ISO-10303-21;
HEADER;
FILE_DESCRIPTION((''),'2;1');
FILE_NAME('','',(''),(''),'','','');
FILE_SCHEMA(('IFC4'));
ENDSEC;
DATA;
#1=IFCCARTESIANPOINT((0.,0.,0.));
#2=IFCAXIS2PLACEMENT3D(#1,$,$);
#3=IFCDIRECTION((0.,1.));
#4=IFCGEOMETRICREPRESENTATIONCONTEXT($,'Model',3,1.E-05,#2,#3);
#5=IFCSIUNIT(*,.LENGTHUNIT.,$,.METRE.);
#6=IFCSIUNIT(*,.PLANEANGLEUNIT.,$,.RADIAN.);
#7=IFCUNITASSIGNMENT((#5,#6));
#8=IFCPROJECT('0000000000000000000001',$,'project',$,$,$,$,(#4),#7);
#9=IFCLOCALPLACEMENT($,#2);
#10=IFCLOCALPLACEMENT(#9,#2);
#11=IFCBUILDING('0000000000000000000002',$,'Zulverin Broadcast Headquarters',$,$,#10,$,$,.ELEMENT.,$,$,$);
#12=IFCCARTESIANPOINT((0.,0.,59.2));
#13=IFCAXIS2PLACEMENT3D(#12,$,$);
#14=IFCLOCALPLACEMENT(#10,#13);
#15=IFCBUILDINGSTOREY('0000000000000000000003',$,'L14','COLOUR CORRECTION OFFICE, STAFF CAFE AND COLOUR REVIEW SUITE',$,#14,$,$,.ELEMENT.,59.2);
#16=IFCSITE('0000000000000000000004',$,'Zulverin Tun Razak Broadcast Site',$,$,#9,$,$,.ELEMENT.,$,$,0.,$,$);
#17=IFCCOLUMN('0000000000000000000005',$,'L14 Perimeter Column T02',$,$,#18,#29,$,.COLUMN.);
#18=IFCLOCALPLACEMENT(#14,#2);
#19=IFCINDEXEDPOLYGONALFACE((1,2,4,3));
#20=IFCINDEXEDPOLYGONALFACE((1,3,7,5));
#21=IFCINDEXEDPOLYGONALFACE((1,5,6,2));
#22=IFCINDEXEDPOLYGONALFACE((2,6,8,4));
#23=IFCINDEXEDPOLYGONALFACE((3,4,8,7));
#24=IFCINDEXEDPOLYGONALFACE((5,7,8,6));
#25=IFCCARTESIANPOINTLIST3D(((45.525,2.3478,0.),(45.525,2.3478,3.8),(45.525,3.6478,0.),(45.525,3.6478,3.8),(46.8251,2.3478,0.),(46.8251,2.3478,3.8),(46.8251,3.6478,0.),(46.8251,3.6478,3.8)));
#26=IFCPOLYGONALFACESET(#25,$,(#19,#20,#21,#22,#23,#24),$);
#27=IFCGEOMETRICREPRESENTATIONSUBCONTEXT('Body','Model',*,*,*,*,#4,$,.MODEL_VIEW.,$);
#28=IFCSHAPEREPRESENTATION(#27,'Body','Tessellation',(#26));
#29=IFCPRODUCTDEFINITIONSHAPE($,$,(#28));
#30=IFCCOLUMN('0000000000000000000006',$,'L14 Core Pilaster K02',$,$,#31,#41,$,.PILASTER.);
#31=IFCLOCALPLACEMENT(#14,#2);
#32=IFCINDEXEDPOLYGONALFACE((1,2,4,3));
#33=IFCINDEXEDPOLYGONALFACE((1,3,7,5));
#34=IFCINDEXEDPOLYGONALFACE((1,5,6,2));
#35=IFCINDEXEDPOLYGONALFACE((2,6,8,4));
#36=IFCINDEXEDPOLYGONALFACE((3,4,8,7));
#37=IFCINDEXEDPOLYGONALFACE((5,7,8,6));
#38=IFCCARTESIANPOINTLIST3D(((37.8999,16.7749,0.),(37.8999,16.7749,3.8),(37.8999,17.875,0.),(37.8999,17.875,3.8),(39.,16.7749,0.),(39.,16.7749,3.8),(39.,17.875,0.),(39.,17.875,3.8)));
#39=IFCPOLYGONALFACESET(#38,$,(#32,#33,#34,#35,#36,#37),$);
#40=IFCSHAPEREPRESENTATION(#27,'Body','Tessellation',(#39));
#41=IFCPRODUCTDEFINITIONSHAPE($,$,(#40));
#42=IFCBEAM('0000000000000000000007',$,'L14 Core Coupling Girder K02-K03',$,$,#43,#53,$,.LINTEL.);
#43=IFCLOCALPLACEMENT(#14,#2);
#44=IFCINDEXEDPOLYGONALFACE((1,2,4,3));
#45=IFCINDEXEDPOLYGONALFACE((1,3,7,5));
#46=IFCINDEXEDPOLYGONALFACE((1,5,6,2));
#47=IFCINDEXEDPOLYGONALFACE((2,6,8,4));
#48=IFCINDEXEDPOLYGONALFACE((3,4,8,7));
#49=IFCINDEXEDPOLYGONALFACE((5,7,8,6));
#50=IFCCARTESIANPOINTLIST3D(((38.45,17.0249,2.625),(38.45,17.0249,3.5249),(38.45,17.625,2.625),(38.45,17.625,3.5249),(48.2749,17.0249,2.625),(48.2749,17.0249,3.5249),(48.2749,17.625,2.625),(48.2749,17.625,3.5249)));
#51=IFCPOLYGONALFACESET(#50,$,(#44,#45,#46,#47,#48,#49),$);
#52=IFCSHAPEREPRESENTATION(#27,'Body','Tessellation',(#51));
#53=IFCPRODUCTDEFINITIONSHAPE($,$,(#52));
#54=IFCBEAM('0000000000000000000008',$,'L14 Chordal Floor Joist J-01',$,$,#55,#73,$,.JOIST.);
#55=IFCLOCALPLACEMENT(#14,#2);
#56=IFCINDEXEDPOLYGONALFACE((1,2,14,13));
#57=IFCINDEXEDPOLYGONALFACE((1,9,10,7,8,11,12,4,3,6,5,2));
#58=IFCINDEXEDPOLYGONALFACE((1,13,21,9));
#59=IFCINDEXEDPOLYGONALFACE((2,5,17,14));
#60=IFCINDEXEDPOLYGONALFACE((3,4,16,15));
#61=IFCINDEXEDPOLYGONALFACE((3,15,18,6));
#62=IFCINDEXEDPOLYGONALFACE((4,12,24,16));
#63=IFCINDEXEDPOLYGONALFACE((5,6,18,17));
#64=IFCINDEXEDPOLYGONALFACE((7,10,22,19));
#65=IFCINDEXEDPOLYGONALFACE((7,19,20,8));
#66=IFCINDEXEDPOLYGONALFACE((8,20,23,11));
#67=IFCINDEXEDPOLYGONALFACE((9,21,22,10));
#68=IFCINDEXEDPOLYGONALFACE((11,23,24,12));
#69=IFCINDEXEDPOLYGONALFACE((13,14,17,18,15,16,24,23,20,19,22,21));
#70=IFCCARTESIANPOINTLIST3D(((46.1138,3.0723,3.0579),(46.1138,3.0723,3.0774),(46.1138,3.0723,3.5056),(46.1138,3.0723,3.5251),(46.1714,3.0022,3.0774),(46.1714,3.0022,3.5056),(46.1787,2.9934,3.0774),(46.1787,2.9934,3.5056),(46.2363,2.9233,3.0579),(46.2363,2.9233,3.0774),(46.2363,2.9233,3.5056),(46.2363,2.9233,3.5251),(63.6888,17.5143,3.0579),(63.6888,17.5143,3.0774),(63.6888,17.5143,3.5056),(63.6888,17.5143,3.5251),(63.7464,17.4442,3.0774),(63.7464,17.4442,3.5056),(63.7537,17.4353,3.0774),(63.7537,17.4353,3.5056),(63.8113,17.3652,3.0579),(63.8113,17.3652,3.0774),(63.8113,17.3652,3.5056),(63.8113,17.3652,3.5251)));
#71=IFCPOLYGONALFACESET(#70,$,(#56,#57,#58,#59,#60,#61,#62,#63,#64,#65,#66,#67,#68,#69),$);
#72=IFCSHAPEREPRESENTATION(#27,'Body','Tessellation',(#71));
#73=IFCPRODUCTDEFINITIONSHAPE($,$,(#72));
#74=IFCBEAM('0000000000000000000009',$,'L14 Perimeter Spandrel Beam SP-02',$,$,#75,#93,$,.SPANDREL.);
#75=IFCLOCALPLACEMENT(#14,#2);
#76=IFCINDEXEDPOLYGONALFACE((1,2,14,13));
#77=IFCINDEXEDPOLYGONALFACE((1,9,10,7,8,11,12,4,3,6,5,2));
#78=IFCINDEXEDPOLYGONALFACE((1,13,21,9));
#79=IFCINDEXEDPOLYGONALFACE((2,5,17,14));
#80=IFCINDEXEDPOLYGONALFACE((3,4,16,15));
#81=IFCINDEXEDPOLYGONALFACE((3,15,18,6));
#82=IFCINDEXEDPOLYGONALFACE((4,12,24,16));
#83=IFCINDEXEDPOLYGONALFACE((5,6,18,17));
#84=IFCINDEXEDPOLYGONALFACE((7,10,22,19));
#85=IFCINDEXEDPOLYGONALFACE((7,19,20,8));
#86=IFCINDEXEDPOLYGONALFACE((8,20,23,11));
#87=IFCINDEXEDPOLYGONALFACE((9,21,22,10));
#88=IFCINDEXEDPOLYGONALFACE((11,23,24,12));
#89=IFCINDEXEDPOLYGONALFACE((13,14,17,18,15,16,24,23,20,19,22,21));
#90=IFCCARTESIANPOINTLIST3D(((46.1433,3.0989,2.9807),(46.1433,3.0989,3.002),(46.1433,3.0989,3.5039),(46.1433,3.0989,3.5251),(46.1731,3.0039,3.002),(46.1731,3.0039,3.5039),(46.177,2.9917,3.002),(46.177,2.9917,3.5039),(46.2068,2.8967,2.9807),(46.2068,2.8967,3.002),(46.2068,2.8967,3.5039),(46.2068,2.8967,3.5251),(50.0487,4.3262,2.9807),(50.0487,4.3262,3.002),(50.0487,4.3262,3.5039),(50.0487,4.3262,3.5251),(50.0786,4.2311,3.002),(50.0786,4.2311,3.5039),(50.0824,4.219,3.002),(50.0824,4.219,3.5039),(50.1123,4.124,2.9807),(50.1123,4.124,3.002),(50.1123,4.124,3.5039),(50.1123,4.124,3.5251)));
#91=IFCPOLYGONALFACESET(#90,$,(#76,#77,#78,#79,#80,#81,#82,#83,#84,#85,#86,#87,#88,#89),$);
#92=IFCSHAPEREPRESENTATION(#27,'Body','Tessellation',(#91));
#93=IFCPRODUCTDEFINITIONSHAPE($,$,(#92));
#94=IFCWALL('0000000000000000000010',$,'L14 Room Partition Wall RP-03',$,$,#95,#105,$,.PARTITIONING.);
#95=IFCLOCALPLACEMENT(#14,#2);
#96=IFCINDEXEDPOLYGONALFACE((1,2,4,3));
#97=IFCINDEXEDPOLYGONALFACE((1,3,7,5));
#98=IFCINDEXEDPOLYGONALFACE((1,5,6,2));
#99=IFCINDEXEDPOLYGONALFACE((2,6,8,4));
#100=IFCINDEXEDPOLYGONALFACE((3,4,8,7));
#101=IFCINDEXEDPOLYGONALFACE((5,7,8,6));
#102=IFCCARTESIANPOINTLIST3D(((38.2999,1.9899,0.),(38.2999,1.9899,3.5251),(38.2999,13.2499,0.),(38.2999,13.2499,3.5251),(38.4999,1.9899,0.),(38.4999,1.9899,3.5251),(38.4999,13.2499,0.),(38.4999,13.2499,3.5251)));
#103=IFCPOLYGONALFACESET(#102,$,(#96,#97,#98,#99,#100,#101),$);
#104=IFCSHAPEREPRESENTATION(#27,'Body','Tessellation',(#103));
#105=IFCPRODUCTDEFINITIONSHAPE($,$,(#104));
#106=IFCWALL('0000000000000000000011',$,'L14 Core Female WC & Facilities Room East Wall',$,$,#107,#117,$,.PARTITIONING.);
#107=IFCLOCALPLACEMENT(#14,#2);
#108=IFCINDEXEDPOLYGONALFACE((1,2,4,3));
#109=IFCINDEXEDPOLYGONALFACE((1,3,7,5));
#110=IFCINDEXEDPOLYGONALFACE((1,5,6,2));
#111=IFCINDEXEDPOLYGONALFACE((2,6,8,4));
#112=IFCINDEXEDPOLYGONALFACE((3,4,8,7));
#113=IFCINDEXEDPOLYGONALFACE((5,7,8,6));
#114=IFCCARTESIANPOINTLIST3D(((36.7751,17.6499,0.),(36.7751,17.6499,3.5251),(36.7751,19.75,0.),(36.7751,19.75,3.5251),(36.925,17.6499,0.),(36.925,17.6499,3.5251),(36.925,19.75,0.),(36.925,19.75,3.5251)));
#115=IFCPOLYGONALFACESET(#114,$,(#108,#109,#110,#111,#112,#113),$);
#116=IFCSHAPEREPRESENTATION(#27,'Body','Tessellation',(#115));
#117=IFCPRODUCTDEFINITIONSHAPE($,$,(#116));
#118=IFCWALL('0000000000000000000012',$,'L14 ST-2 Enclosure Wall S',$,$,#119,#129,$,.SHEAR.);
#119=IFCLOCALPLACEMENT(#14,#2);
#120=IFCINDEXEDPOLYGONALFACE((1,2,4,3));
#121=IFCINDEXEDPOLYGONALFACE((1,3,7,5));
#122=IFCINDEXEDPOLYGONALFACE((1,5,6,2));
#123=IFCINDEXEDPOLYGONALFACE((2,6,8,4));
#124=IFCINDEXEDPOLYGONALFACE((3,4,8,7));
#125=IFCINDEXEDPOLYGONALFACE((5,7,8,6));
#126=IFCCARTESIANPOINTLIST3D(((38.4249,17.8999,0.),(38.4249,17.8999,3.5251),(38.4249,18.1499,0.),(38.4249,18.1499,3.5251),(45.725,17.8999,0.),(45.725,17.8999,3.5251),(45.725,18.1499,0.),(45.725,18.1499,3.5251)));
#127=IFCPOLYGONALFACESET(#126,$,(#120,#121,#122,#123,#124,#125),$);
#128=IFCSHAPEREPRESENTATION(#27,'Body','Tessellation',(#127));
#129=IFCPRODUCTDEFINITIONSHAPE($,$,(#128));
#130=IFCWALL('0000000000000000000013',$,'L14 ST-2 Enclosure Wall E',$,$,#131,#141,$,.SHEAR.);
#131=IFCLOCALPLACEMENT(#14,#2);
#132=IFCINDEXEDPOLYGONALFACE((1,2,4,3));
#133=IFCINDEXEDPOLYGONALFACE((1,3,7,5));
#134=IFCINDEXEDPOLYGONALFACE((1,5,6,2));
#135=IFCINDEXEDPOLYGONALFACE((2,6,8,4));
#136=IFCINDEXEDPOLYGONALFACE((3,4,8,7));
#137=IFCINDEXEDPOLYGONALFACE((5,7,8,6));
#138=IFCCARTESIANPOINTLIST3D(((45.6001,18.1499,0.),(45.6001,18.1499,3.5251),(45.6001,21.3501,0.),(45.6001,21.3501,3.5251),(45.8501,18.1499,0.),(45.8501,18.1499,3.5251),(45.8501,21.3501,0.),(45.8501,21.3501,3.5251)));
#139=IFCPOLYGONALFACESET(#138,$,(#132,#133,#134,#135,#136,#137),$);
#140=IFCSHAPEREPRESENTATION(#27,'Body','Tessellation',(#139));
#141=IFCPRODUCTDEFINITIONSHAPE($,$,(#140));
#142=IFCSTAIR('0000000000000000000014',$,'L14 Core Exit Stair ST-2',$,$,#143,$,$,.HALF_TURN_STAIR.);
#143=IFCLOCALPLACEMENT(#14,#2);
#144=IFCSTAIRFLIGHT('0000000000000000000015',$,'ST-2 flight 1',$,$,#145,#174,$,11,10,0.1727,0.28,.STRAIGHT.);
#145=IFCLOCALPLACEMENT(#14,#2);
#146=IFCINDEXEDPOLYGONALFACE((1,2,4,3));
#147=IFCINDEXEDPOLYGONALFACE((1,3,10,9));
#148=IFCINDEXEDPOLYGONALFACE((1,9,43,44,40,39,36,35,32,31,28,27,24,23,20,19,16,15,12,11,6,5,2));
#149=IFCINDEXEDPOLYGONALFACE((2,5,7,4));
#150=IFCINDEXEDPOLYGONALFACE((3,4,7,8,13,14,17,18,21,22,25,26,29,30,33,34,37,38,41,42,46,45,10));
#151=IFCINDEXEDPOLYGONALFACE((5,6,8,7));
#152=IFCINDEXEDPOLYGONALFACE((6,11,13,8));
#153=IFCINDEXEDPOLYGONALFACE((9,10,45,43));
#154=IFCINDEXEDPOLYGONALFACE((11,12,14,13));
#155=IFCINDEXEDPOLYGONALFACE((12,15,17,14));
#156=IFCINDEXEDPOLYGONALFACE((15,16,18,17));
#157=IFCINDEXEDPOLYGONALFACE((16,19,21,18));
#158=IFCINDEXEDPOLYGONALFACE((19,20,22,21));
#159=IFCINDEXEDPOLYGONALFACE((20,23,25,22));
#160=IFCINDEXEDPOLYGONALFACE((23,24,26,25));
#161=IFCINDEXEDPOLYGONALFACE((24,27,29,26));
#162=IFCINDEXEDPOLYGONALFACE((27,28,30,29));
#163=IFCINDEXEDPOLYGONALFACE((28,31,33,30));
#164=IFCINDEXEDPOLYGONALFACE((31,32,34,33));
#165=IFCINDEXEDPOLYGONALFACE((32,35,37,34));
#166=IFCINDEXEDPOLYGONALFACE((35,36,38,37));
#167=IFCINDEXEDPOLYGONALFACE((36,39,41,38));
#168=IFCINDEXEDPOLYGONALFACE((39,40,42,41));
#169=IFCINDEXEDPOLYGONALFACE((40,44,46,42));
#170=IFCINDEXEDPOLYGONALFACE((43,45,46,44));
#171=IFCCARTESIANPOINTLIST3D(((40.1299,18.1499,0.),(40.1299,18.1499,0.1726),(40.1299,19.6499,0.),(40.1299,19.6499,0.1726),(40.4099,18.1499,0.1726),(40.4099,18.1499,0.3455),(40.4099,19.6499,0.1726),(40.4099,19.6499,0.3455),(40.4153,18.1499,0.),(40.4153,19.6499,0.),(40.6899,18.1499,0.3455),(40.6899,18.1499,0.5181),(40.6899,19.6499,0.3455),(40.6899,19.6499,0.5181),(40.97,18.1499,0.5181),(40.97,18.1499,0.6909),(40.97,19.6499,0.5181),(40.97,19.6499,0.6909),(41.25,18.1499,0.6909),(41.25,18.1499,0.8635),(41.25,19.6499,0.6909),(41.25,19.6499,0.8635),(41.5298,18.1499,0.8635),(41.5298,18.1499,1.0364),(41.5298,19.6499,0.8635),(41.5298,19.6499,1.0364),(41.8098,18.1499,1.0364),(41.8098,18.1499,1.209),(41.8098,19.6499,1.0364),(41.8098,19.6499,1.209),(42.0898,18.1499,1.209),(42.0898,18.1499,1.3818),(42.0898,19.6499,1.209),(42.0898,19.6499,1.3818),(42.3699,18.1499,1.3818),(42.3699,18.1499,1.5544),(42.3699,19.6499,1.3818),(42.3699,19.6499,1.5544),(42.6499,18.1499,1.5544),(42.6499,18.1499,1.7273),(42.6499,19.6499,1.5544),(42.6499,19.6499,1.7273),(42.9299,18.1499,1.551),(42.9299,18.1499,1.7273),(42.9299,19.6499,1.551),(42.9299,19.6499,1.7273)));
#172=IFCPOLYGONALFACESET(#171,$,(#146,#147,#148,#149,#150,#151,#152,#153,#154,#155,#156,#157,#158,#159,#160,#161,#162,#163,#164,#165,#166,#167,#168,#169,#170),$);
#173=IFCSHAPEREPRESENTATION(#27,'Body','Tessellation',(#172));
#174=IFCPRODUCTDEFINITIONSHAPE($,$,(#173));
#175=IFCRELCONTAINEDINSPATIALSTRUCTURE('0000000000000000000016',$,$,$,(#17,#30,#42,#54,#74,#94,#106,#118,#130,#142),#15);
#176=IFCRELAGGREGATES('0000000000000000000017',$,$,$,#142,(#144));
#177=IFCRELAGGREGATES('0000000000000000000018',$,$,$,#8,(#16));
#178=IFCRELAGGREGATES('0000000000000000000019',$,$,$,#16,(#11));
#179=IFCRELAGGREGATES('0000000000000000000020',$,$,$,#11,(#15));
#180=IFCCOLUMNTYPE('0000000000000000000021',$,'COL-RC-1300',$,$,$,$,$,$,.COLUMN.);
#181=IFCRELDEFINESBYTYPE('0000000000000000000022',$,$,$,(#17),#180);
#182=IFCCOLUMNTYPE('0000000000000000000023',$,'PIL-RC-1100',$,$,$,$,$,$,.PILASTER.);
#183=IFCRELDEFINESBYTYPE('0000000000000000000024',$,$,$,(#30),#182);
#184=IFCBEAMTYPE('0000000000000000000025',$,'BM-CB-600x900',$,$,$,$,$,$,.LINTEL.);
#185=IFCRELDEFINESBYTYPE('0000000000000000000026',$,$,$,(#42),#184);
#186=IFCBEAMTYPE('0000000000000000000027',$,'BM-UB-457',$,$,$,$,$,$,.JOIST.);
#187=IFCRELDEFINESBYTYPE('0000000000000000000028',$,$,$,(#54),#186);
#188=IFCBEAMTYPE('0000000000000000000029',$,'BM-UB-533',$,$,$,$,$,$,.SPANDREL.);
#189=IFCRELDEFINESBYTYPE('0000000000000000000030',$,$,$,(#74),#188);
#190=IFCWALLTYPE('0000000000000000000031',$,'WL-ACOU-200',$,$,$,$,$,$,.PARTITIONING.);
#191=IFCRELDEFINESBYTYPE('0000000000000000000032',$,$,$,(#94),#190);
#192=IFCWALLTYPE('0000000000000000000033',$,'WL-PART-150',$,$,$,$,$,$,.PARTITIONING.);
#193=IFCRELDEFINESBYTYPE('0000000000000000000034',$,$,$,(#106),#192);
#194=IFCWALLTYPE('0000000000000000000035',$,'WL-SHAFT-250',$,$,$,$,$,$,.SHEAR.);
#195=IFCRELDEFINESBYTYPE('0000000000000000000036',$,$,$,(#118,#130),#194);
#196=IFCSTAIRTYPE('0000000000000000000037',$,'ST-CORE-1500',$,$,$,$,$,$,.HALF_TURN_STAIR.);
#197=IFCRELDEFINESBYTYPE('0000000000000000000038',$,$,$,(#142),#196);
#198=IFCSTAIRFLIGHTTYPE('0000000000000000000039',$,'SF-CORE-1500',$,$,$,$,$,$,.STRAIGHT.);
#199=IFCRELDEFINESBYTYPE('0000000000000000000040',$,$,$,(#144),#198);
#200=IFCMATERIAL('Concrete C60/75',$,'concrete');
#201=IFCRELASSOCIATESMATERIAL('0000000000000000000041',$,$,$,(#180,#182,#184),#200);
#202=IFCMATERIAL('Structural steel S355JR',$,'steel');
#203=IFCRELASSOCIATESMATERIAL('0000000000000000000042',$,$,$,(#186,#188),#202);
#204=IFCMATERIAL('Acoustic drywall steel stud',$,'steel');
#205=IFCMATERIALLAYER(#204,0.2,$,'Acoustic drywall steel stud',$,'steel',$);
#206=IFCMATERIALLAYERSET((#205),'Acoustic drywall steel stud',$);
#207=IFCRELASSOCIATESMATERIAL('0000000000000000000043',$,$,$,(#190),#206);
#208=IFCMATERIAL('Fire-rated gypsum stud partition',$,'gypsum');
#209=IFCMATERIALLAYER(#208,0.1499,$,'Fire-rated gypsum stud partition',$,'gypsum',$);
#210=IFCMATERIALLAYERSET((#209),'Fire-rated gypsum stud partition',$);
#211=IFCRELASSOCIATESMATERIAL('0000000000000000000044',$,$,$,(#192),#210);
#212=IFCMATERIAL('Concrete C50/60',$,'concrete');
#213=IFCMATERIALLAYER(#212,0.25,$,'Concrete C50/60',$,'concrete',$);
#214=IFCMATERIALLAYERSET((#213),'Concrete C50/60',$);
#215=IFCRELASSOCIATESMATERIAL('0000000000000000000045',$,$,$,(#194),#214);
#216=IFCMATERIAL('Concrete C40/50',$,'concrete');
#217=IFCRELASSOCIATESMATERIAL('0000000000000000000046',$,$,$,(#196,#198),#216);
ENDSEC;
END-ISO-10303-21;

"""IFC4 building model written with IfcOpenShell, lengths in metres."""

from ifc_helpers import new_model, si_unit, direction, frame, frame_2d, origin, origin_2d, place, context, subcontext, project, spatial, polyline, rectangle, i_section, outline, extrude, material, layer, layer_set, material_profile, profile_set, type_object, element, aggregate, save


model = new_model("IFC4")

# Units and contexts
model_context = context("Model", 3, precision=1e-05, world=origin(), true_north=direction((0.0, 1.0)))
body_context = subcontext(model_context, "Body", "Model", "MODEL_VIEW")
ifc_project = project(units=[si_unit("LENGTHUNIT", "METRE"), si_unit("PLANEANGLEUNIT", "RADIAN")], contexts=[model_context])

# Site, building, storey
site_placement = place(None, origin())
site = spatial("IfcSite", under=ifc_project, at=site_placement, Name="Zulverin Tun Razak Broadcast Site", CompositionType="ELEMENT", RefElevation=0.0)
building_placement = place(site_placement, origin())
building = spatial("IfcBuilding", under=site, at=building_placement, Name="Zulverin Broadcast Headquarters", CompositionType="ELEMENT")
storey_placement = place(building_placement, frame((0.0, 0.0, 59.2)))
storey = spatial("IfcBuildingStorey", under=building, at=storey_placement, Name="L14", Description="COLOUR CORRECTION OFFICE, STAFF CAFE AND COLOUR REVIEW SUITE", CompositionType="ELEMENT", Elevation=59.2)

# Columns
ifc_material_1 = material(Name="Concrete C60/75", Category="concrete")
ifc_material_profile_1 = material_profile(ifc_material_1, rectangle(XDim=1.3, YDim=1.3, at=origin_2d()), Name="Concrete C60/75", Category="concrete")
ifc_profile_set_1 = profile_set([ifc_material_profile_1], Name="Concrete C60/75")
column_type_1 = type_object("IfcColumnType", Name="COL-RC-1300", PredefinedType="COLUMN", material=ifc_profile_set_1)
column_1_placement = place(storey_placement, frame((46.175, 2.9978, 0.0), z_axis=(0.0, 0.0, 1.0), x_axis=(1.0, 0.0, 0.0)))
element("IfcColumn", 1, at=column_1_placement, inside=storey, type_object=column_type_1, Name="L14 Perimeter Column T02", PredefinedType="COLUMN", context=body_context, shape_type="SweptSolid", body=[
    extrude(rectangle(XDim=1.3, YDim=1.3, at=origin_2d()), origin(), (0.0, 0.0, 1.0), 3.8),
])
ifc_material_profile_2 = material_profile(ifc_material_1, rectangle(XDim=1.1001, YDim=1.1001, at=origin_2d()), Name="Concrete C60/75", Category="concrete")
ifc_profile_set_2 = profile_set([ifc_material_profile_2], Name="Concrete C60/75")
column_type_2 = type_object("IfcColumnType", Name="PIL-RC-1100", PredefinedType="PILASTER", material=ifc_profile_set_2)
column_2_placement = place(storey_placement, frame((38.45, 17.325, 0.0), z_axis=(0.0, 0.0, 1.0), x_axis=(1.0, 0.0, 0.0)))
element("IfcColumn", 2, at=column_2_placement, inside=storey, type_object=column_type_2, Name="L14 Core Pilaster K02", PredefinedType="PILASTER", context=body_context, shape_type="SweptSolid", body=[
    extrude(rectangle(XDim=1.1001, YDim=1.1001, at=origin_2d()), origin(), (0.0, 0.0, 1.0), 3.8),
])

# Beams
ifc_material_profile_3 = material_profile(ifc_material_1, rectangle(XDim=0.6001, YDim=0.8999, at=origin_2d()), Name="Concrete C60/75", Category="concrete")
ifc_profile_set_3 = profile_set([ifc_material_profile_3], Name="Concrete C60/75")
beam_type_1 = type_object("IfcBeamType", Name="BM-CB-600x900", PredefinedType="LINTEL", material=ifc_profile_set_3)
beam_1_placement = place(storey_placement, frame((38.45, 17.325, 3.075), z_axis=(1.0, 0.0, 0.0), x_axis=(0.0, 1.0, 0.0)))
element("IfcBeam", 3, at=beam_1_placement, inside=storey, type_object=beam_type_1, Name="L14 Core Coupling Girder K02-K03", PredefinedType="LINTEL", context=body_context, shape_type="SweptSolid", body=[
    extrude(rectangle(XDim=0.6001, YDim=0.8999, at=origin_2d()), origin(), (0.0, 0.0, 1.0), 9.825),
])
ifc_material_2 = material(Name="Structural steel S355JR", Category="steel")
ifc_material_profile_4 = material_profile(ifc_material_2, i_section(OverallWidth=0.1929, OverallDepth=0.4673, WebThickness=0.0115, FlangeThickness=0.0195, at=origin_2d()), Name="Structural steel S355JR", Category="steel")
ifc_profile_set_4 = profile_set([ifc_material_profile_4], Name="Structural steel S355JR")
beam_type_2 = type_object("IfcBeamType", Name="BM-UB-457", PredefinedType="JOIST", material=ifc_profile_set_4)
beam_2_placement = place(storey_placement, frame((46.175, 2.9978, 3.2915), z_axis=(0.772611, 0.634879, 0.0), x_axis=(-0.634879, 0.772611, 0.0)))
element("IfcBeam", 4, at=beam_2_placement, inside=storey, type_object=beam_type_2, Name="L14 Chordal Floor Joist J-01", PredefinedType="JOIST", context=body_context, shape_type="SweptSolid", body=[
    extrude(i_section(OverallWidth=0.1929, OverallDepth=0.4673, WebThickness=0.0115, FlangeThickness=0.0195, at=origin_2d()), origin(), (0.0, 0.0, 1.0), 22.7476),
])
ifc_material_profile_5 = material_profile(ifc_material_2, i_section(OverallWidth=0.2119, OverallDepth=0.5444, WebThickness=0.0127, FlangeThickness=0.0212, at=origin_2d()), Name="Structural steel S355JR", Category="steel")
ifc_profile_set_5 = profile_set([ifc_material_profile_5], Name="Structural steel S355JR")
beam_type_3 = type_object("IfcBeamType", Name="BM-UB-533", PredefinedType="SPANDREL", material=ifc_profile_set_5)
beam_3_placement = place(storey_placement, frame((46.175, 2.9978, 3.2529), z_axis=(0.954004, 0.299792, 0.0), x_axis=(-0.299792, 0.954004, 0.0)))
element("IfcBeam", 5, at=beam_3_placement, inside=storey, type_object=beam_type_3, Name="L14 Perimeter Spandrel Beam SP-02", PredefinedType="SPANDREL", context=body_context, shape_type="SweptSolid", body=[
    extrude(i_section(OverallWidth=0.2119, OverallDepth=0.5444, WebThickness=0.0127, FlangeThickness=0.0212, at=origin_2d()), origin(), (0.0, 0.0, 1.0), 4.0938),
])

# Walls
ifc_material_3 = material(Name="Acoustic drywall steel stud", Category="steel")
ifc_layer_1 = layer(ifc_material_3, 0.2, Name="Acoustic drywall steel stud", Category="steel")
ifc_layer_set_1 = layer_set([ifc_layer_1], Name="Acoustic drywall steel stud")
wall_type_1 = type_object("IfcWallType", Name="WL-ACOU-200", PredefinedType="PARTITIONING", material=ifc_layer_set_1)
wall_1_placement = place(storey_placement, frame((38.3999, 1.99, 0.0), z_axis=(0.0, 0.0, 1.0), x_axis=(0.0, 1.0, 0.0)))
element("IfcWall", 6, at=wall_1_placement, inside=storey, type_object=wall_type_1, Name="L14 Room Partition Wall RP-03", PredefinedType="PARTITIONING", context=body_context, shape_type="SweptSolid", body=[
    extrude(rectangle(XDim=11.26, YDim=0.2, at=frame_2d((5.6299, 0.0))), origin(), (0.0, 0.0, 1.0), 3.5251),
])
ifc_material_4 = material(Name="Fire-rated gypsum stud partition", Category="gypsum")
ifc_layer_2 = layer(ifc_material_4, 0.1499, Name="Fire-rated gypsum stud partition", Category="gypsum")
ifc_layer_set_2 = layer_set([ifc_layer_2], Name="Fire-rated gypsum stud partition")
wall_type_2 = type_object("IfcWallType", Name="WL-PART-150", PredefinedType="PARTITIONING", material=ifc_layer_set_2)
wall_2_placement = place(storey_placement, frame((36.8501, 17.6499, 0.0), z_axis=(0.0, 0.0, 1.0), x_axis=(0.0, 1.0, 0.0)))
element("IfcWall", 7, at=wall_2_placement, inside=storey, type_object=wall_type_2, Name="L14 Core Female WC & Facilities Room East Wall", PredefinedType="PARTITIONING", context=body_context, shape_type="SweptSolid", body=[
    extrude(rectangle(XDim=2.1001, YDim=0.1499, at=frame_2d((1.05, 0.0))), origin(), (0.0, 0.0, 1.0), 3.5251),
])
ifc_material_5 = material(Name="Concrete C50/60", Category="concrete")
ifc_layer_3 = layer(ifc_material_5, 0.25, Name="Concrete C50/60", Category="concrete")
ifc_layer_set_3 = layer_set([ifc_layer_3], Name="Concrete C50/60")
wall_type_3 = type_object("IfcWallType", Name="WL-SHAFT-250", PredefinedType="SHEAR", material=ifc_layer_set_3)
wall_3_placement = place(storey_placement, frame((38.425, 18.0249, 0.0), z_axis=(0.0, 0.0, 1.0), x_axis=(1.0, 0.0, 0.0)))
element("IfcWall", 8, at=wall_3_placement, inside=storey, type_object=wall_type_3, Name="L14 ST-2 Enclosure Wall S", PredefinedType="SHEAR", context=body_context, shape_type="SweptSolid", body=[
    extrude(rectangle(XDim=7.3, YDim=0.25, at=frame_2d((3.6499, 0.0))), origin(), (0.0, 0.0, 1.0), 3.5251),
])

# Wall
wall_4_placement = place(storey_placement, frame((45.7251, 18.1499, 0.0), z_axis=(0.0, 0.0, 1.0), x_axis=(0.0, 1.0, 0.0)))
element("IfcWall", 9, at=wall_4_placement, inside=storey, type_object=wall_type_3, Name="L14 ST-2 Enclosure Wall E", PredefinedType="SHEAR", context=body_context, shape_type="SweptSolid", body=[
    extrude(rectangle(XDim=3.2002, YDim=0.25, at=frame_2d((1.6001, 0.0))), origin(), (0.0, 0.0, 1.0), 3.5251),
])

# Stair, stair flight
ifc_material_6 = material(Name="Concrete C40/50", Category="concrete")
stair_type = type_object("IfcStairType", Name="ST-CORE-1500", PredefinedType="HALF_TURN_STAIR", material=ifc_material_6)
stair_placement = place(storey_placement, origin())
stair = element("IfcStair", 10, at=stair_placement, inside=storey, type_object=stair_type, Name="L14 Core Exit Stair ST-2", PredefinedType="HALF_TURN_STAIR")
stair_flight_type = type_object("IfcStairFlightType", Name="SF-CORE-1500", PredefinedType="STRAIGHT", material=ifc_material_6)
stair_flight_placement = place(storey_placement, frame((40.1299, 18.8999, 0.0), z_axis=(0.0, 0.0, 1.0), x_axis=(1.0, 0.0, 0.0)))
stair_flight = element("IfcStairFlight", 11, at=stair_flight_placement, type_object=stair_flight_type, Name="ST-2 flight 1", NumberOfRisers=11, NumberOfTreads=10, PredefinedType="STRAIGHT", RiserHeight=0.1727, TreadLength=0.28, context=body_context, shape_type="SweptSolid", body=[
    extrude(outline(polyline([(0.0, 0.0), (0.0, 0.1726), (0.28, 0.1726), (0.28, 0.3455), (0.5601, 0.3455), (0.5601, 0.5181), (0.8401, 0.5181), (0.8401, 0.6909), (1.1201, 0.6909), (1.1201, 0.8635), (1.3999, 0.8635), (1.3999, 1.0364), (1.6799, 1.0364), (1.6799, 1.209), (1.96, 1.209), (1.96, 1.3818), (2.24, 1.3818), (2.24, 1.5544), (2.52, 1.5544), (2.52, 1.7273), (2.8, 1.7273), (2.8, 1.8999), (2.8, 1.551), (0.2854, 0.0), (0.0, 0.0)])), frame((0.0, 0.75, 0.0), z_axis=(0.0, -1.0, 0.0), x_axis=(1.0, 0.0, 0.0)), (0.0, 0.0, 1.0), 1.5),
])
aggregate(stair, [stair_flight])

save(model, "model.ifc")
